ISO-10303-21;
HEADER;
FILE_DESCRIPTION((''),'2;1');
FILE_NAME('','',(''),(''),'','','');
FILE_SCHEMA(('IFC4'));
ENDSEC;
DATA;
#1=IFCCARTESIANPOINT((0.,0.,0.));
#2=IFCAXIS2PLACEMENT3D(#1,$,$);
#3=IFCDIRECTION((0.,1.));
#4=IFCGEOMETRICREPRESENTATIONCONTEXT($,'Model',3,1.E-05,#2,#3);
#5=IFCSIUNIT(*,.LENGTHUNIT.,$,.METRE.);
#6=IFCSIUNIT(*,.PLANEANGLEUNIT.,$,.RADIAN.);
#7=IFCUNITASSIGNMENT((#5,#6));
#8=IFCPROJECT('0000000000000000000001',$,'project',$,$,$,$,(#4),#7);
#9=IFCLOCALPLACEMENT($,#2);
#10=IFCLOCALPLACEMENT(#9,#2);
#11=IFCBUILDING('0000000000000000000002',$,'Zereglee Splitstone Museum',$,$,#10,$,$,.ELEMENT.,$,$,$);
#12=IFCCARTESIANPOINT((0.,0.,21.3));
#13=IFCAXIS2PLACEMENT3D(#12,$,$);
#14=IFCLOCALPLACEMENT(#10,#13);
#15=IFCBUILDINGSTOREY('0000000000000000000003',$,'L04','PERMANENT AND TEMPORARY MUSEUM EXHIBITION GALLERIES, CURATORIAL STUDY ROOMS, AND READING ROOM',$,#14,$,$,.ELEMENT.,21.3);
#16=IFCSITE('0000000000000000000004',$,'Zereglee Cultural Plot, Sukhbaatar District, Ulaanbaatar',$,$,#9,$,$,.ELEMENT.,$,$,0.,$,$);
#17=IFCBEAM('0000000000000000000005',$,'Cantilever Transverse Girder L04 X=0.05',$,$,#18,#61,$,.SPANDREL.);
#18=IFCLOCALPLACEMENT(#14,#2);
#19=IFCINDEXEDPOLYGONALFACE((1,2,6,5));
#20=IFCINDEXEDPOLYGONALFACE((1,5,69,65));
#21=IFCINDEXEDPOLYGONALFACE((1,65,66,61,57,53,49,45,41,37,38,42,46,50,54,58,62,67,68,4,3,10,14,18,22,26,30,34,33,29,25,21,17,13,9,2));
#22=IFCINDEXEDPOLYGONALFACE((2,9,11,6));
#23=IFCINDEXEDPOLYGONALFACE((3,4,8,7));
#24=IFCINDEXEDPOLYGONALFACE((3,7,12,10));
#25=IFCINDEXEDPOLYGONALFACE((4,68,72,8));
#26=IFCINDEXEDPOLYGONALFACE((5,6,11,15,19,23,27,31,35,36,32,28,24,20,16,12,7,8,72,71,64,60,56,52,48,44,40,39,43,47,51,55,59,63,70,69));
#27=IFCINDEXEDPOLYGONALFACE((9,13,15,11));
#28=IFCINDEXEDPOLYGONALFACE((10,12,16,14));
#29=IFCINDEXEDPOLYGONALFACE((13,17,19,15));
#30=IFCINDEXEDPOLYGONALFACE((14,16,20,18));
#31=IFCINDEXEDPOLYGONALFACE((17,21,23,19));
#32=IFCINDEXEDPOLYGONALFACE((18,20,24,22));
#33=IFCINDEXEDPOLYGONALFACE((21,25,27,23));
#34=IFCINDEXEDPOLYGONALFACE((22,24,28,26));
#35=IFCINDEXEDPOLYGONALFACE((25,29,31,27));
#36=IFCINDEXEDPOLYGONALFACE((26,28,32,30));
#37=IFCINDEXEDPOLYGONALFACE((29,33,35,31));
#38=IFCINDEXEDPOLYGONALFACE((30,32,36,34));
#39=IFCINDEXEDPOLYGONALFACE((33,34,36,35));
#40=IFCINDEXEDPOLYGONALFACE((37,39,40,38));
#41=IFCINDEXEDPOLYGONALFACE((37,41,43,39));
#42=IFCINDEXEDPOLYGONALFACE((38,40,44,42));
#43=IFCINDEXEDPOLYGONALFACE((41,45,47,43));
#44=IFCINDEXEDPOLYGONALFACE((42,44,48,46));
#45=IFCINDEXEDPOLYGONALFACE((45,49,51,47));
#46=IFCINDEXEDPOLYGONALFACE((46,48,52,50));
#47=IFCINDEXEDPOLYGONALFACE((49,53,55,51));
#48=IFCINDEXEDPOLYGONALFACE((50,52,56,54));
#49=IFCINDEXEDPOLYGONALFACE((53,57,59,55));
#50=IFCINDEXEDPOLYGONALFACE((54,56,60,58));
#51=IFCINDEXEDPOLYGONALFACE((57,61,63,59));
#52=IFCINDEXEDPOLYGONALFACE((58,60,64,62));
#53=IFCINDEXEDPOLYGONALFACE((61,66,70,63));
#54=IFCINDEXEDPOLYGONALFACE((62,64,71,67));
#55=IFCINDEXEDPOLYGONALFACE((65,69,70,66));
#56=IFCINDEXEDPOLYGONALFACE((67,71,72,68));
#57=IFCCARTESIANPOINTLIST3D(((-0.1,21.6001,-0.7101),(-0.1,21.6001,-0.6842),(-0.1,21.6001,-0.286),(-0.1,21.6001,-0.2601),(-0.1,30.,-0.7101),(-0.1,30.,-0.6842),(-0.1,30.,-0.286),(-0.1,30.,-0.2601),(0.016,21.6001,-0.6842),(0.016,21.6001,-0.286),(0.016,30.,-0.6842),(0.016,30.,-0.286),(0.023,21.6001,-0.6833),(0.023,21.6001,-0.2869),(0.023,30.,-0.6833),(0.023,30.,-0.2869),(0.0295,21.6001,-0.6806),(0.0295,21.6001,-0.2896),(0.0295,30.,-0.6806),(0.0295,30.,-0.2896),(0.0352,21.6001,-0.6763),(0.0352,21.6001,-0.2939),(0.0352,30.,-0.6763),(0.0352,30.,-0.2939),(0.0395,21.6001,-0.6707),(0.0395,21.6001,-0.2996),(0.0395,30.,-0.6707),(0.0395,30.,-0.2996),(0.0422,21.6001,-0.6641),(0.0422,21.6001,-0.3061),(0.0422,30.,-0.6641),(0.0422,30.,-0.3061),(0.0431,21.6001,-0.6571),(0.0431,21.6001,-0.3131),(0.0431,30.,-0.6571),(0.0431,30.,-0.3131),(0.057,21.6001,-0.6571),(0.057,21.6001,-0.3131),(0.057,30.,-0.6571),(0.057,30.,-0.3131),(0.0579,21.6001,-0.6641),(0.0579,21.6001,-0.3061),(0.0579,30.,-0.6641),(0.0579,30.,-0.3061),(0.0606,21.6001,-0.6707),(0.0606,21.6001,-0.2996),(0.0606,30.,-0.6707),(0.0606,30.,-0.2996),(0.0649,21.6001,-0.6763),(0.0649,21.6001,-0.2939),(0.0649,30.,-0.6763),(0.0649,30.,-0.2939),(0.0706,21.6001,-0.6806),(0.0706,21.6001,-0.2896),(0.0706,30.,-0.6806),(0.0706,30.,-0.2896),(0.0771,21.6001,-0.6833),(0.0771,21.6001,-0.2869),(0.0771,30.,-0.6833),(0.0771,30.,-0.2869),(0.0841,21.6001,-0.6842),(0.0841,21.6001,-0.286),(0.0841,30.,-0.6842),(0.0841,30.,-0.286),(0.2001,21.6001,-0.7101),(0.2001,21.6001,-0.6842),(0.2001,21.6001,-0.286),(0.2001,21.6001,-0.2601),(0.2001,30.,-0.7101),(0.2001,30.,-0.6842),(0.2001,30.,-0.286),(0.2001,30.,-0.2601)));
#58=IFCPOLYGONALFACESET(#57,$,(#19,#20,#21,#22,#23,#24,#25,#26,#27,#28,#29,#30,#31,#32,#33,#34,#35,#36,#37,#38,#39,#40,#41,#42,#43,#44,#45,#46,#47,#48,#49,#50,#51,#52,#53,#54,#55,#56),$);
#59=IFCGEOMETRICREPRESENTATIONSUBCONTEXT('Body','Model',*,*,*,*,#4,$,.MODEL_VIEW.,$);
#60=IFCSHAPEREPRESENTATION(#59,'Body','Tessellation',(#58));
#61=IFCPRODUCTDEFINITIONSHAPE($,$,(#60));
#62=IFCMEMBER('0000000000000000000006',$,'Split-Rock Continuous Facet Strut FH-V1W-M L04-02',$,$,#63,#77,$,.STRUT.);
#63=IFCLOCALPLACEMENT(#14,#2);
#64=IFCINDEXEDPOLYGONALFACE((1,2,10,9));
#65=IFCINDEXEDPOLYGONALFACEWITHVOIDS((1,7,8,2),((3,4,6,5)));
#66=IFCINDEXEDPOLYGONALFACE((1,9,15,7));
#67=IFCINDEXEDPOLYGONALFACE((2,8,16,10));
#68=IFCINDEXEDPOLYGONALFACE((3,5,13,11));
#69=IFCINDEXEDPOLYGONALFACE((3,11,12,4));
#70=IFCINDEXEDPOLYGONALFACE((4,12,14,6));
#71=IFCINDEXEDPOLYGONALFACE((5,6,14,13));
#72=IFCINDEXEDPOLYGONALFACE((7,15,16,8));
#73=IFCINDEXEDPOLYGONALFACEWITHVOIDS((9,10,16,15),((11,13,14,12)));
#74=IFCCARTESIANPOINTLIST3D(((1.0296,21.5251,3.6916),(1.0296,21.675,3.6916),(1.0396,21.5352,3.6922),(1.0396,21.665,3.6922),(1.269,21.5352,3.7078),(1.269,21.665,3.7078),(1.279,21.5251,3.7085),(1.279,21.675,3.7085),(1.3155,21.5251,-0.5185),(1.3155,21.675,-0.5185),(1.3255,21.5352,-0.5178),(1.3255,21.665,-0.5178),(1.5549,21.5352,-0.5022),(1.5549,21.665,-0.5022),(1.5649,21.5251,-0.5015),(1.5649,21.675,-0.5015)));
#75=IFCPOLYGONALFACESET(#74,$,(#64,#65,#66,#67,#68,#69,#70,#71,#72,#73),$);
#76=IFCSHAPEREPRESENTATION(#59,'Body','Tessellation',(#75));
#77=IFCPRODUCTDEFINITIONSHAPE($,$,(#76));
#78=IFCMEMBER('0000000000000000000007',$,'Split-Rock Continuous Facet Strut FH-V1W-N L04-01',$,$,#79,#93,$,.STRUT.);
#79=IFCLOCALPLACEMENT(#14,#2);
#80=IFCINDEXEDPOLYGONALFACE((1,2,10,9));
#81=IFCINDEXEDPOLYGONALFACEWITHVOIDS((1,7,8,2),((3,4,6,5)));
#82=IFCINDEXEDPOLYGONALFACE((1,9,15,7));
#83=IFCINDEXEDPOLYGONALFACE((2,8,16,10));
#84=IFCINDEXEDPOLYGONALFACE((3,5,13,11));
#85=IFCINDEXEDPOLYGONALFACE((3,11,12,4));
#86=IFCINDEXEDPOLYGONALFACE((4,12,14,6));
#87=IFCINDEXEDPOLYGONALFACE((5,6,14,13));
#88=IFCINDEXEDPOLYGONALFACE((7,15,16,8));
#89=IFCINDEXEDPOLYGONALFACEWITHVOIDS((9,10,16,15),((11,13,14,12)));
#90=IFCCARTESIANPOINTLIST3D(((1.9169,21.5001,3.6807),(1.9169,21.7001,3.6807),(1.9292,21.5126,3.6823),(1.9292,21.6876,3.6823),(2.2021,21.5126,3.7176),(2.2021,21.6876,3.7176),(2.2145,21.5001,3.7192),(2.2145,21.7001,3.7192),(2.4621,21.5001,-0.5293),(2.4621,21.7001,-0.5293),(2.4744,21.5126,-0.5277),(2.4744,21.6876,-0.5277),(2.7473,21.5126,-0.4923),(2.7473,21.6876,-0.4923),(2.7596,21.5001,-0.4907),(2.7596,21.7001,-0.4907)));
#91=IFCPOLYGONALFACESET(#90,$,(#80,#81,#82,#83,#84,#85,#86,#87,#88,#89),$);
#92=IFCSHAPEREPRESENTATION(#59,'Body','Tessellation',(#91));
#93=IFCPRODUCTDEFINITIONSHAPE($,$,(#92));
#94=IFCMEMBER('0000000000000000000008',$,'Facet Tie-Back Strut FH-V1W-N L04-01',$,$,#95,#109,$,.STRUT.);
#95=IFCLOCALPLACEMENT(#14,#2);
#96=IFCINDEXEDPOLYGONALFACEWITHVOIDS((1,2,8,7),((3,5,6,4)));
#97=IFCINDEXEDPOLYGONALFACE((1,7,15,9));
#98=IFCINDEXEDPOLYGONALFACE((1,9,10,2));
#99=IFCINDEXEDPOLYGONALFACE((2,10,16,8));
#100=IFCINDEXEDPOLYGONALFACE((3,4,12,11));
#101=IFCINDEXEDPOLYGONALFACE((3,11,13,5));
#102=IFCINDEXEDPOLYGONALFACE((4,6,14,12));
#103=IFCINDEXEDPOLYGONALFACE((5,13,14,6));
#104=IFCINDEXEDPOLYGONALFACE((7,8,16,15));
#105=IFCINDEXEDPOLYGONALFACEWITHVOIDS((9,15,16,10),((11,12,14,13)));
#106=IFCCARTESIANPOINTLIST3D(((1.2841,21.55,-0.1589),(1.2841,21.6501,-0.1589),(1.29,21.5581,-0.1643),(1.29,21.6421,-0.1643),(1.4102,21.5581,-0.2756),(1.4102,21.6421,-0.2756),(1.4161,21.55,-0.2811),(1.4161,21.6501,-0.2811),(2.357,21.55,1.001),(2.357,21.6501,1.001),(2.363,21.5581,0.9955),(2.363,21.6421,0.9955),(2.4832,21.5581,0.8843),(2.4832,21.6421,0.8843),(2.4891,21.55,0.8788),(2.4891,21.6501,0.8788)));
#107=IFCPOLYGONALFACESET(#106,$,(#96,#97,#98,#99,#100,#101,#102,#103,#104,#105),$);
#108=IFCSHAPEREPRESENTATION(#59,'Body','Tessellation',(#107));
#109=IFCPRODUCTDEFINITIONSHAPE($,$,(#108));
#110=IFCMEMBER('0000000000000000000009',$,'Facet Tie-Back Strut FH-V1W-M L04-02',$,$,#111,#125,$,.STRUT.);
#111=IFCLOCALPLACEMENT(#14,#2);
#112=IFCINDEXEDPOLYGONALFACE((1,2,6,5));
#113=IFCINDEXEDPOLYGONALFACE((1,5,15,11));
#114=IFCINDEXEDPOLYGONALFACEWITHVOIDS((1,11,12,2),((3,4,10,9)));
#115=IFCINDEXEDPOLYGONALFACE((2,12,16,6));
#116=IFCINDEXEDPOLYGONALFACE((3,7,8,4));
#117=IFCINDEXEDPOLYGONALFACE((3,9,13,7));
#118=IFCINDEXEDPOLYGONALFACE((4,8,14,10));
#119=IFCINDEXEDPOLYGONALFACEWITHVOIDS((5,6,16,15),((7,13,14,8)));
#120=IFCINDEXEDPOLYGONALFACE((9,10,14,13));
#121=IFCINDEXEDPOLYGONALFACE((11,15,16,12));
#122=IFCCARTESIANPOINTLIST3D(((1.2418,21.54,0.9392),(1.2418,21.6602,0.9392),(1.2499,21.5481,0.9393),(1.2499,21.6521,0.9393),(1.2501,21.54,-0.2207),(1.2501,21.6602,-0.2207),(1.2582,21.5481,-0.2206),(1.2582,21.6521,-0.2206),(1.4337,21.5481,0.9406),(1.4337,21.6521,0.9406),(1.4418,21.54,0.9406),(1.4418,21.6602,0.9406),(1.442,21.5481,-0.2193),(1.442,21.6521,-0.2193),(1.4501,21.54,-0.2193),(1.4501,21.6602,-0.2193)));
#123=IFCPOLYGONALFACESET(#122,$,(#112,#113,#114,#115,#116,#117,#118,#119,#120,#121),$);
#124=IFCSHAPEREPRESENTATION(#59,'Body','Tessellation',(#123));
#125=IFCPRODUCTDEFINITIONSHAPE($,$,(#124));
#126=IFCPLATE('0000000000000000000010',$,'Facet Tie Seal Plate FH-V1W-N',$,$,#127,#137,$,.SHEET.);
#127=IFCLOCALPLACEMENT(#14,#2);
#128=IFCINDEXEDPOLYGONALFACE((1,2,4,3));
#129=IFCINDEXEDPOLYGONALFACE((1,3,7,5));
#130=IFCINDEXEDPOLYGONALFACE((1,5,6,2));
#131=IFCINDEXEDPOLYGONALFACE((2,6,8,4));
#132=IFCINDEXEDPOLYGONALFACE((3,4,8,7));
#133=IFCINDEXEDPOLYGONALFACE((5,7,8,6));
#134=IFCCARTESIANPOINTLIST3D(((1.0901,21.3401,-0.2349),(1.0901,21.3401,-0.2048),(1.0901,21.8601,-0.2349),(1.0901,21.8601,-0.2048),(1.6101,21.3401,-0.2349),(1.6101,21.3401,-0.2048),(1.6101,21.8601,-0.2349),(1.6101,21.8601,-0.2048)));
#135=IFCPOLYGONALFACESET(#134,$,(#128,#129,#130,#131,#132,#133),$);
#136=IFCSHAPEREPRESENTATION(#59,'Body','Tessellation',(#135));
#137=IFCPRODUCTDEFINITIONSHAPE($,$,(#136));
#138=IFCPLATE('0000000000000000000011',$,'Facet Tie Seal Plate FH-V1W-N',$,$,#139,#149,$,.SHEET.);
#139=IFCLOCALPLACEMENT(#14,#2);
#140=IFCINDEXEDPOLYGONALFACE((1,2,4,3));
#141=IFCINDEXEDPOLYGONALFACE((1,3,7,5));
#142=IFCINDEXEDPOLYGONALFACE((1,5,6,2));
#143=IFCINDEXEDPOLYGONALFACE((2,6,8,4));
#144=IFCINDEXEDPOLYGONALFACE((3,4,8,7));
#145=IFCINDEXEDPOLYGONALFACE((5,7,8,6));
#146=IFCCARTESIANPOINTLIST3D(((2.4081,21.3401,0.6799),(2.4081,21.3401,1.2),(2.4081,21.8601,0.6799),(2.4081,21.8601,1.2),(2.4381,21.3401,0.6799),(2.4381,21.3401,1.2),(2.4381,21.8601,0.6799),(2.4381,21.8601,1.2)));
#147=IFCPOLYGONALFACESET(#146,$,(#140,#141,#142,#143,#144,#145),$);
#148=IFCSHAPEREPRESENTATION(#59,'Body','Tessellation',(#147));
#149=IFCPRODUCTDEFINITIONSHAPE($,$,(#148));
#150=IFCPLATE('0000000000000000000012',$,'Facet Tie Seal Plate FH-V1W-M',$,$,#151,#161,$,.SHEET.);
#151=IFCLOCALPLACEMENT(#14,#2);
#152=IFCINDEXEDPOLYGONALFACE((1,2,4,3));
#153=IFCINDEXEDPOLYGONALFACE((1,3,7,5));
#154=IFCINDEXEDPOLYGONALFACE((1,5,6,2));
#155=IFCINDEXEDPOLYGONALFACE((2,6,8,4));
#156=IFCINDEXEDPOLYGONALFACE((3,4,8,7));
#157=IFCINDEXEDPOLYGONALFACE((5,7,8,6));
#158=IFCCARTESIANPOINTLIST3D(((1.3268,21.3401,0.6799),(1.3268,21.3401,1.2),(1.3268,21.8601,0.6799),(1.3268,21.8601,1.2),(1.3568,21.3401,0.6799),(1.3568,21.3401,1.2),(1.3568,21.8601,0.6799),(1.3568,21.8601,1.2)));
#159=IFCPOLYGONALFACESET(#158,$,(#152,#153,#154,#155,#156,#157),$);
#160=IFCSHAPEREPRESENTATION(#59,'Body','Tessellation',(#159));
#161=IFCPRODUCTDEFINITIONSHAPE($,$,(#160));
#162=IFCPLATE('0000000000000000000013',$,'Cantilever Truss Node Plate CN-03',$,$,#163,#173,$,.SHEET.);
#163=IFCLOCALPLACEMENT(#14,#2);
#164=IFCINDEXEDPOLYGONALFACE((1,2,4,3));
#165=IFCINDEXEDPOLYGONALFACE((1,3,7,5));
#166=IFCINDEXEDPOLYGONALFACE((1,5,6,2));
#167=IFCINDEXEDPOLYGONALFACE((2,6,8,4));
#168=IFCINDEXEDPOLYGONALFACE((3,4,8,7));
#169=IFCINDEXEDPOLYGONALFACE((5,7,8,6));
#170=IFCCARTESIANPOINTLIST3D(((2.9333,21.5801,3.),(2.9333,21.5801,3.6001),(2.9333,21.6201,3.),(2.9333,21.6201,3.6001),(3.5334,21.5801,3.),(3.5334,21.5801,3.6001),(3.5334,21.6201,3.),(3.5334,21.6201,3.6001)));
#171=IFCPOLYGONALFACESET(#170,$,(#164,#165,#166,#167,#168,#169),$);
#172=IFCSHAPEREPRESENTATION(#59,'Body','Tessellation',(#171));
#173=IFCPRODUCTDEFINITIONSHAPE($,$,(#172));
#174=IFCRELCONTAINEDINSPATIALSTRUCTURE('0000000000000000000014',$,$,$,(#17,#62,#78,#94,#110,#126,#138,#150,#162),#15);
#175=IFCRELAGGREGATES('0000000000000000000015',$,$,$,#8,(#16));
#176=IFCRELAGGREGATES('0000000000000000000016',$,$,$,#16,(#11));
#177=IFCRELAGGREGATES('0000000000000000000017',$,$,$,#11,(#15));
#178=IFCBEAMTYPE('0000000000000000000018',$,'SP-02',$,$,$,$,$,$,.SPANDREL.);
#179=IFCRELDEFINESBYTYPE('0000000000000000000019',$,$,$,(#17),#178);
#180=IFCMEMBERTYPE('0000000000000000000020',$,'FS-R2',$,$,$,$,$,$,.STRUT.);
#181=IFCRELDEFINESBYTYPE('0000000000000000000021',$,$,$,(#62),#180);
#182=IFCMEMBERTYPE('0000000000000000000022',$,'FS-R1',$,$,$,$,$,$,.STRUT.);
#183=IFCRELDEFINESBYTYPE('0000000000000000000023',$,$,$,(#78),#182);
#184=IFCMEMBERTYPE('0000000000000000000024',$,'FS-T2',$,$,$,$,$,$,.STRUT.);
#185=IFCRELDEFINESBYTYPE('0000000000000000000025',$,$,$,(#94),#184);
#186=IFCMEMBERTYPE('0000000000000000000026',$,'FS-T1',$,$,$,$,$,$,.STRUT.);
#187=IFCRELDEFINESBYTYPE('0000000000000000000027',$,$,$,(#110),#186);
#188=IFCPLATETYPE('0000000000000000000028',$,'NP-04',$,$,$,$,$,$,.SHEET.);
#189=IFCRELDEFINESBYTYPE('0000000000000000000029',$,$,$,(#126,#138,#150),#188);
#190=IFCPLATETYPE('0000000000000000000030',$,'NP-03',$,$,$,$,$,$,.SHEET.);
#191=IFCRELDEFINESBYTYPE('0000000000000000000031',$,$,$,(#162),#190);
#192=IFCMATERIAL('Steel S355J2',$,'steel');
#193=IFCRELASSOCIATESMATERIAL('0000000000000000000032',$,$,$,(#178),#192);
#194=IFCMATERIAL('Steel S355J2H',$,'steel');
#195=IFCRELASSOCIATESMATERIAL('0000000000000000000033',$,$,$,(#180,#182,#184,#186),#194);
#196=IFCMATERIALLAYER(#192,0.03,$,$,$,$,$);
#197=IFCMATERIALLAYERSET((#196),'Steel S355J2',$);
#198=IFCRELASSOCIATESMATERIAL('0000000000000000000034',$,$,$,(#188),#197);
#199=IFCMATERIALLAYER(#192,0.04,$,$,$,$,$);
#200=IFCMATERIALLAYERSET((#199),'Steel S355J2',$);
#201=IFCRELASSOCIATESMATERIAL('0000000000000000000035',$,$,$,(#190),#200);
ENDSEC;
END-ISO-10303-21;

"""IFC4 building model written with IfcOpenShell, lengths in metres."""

from ifc_helpers import new_model, si_unit, direction, frame, origin, origin_2d, place, context, subcontext, project, spatial, rectangle, hollow_rectangle, i_section, extrude, material, layer, layer_set, material_profile, profile_set, type_object, element, save


model = new_model("IFC4")

# Units and contexts
model_context = context("Model", 3, precision=1e-05, world=origin(), true_north=direction((0.0, 1.0)))
body_context = subcontext(model_context, "Body", "Model", "MODEL_VIEW")
ifc_project = project(units=[si_unit("LENGTHUNIT", "METRE"), si_unit("PLANEANGLEUNIT", "RADIAN")], contexts=[model_context])

# Site, building, storey
site_placement = place(None, origin())
site = spatial("IfcSite", under=ifc_project, at=site_placement, Name="Zereglee Cultural Plot, Sukhbaatar District, Ulaanbaatar", CompositionType="ELEMENT", RefElevation=0.0)
building_placement = place(site_placement, origin())
building = spatial("IfcBuilding", under=site, at=building_placement, Name="Zereglee Splitstone Museum", CompositionType="ELEMENT")
storey_placement = place(building_placement, frame((0.0, 0.0, 21.3)))
storey = spatial("IfcBuildingStorey", under=building, at=storey_placement, Name="L04", Description="PERMANENT AND TEMPORARY MUSEUM EXHIBITION GALLERIES, CURATORIAL STUDY ROOMS, AND READING ROOM", CompositionType="ELEMENT", Elevation=21.3)

# Shared definitions
ifc_material_1 = material(Name="Steel S355J2H", Category="steel")

# Shared definitions
ifc_material_2 = material(Name="Steel S355J2", Category="steel")

# Beam
ifc_material_profile_1 = material_profile(ifc_material_2, i_section(OverallWidth=0.3, OverallDepth=0.45, WebThickness=0.0139, FlangeThickness=0.0259, FilletRadius=0.0271, at=origin_2d()), Name="HE 450 B")
ifc_profile_set_1 = profile_set([ifc_material_profile_1], Name="Steel S355J2")
beam_type_1 = type_object("IfcBeamType", Name="SP-02", PredefinedType="SPANDREL", material=ifc_profile_set_1)
beam_1_placement = place(storey_placement, frame((0.05, 21.6001, -0.4851), z_axis=(0.0, 1.0, 0.0), x_axis=(-1.0, 0.0, 0.0)))
element("IfcBeam", 1, at=beam_1_placement, inside=storey, type_object=beam_type_1, Name="Cantilever Transverse Girder L04 X=0.05", PredefinedType="SPANDREL", context=body_context, shape_type="SweptSolid", body=[
    extrude(i_section(OverallWidth=0.3, OverallDepth=0.45, WebThickness=0.0139, FlangeThickness=0.0259, FilletRadius=0.0271, at=origin_2d()), origin(), (0.0, 0.0, 1.0), 8.3999),
])

# Members
ifc_material_profile_2 = material_profile(ifc_material_1, hollow_rectangle(XDim=0.1499, YDim=0.25, WallThickness=0.01, at=origin_2d()), Name="RHS 250x150x10")
ifc_profile_set_2 = profile_set([ifc_material_profile_2], Name="Steel S355J2H")
member_type_1 = type_object("IfcMemberType", Name="FS-R2", PredefinedType="STRUT", material=ifc_profile_set_2)
member_1_placement = place(storey_placement, frame((1.4402, 21.6001, -0.51), z_axis=(-0.067752, 0.0, 0.997702), x_axis=(0.0, -1.0, 0.0)))
element("IfcMember", 2, at=member_1_placement, inside=storey, type_object=member_type_1, Name="Split-Rock Continuous Facet Strut FH-V1W-M L04-02", PredefinedType="STRUT", context=body_context, shape_type="SweptSolid", body=[
    extrude(hollow_rectangle(XDim=0.1499, YDim=0.25, WallThickness=0.01, at=origin_2d()), origin(), (0.0, 0.0, 1.0), 4.2197),
])
ifc_material_profile_3 = material_profile(ifc_material_1, hollow_rectangle(XDim=0.2, YDim=0.3, WallThickness=0.0125, at=origin_2d()), Name="RHS 300x200x12.5")
ifc_profile_set_3 = profile_set([ifc_material_profile_3], Name="Steel S355J2H")
member_type_2 = type_object("IfcMemberType", Name="FS-R1", PredefinedType="STRUT", material=ifc_profile_set_3)
member_2_placement = place(storey_placement, frame((2.6108, 21.6001, -0.51), z_axis=(-0.128422, 0.0, 0.99172), x_axis=(0.0, -1.0, 0.0)))
element("IfcMember", 3, at=member_2_placement, inside=storey, type_object=member_type_2, Name="Split-Rock Continuous Facet Strut FH-V1W-N L04-01", PredefinedType="STRUT", context=body_context, shape_type="SweptSolid", body=[
    extrude(hollow_rectangle(XDim=0.2, YDim=0.3, WallThickness=0.0125, at=origin_2d()), origin(), (0.0, 0.0, 1.0), 4.2451),
])
ifc_material_profile_4 = material_profile(ifc_material_1, hollow_rectangle(XDim=0.1001, YDim=0.1799, WallThickness=0.0081, at=origin_2d()), Name="RHS 180x100x8")
ifc_profile_set_4 = profile_set([ifc_material_profile_4], Name="Steel S355J2H")
member_type_3 = type_object("IfcMemberType", Name="FS-T2", PredefinedType="STRUT", material=ifc_profile_set_4)
member_3_placement = place(storey_placement, frame((1.3501, 21.6001, -0.22), z_axis=(0.679069, 0.0, 0.734074), x_axis=(0.0, 1.0, 0.0)))
element("IfcMember", 4, at=member_3_placement, inside=storey, type_object=member_type_3, Name="Facet Tie-Back Strut FH-V1W-N L04-01", PredefinedType="STRUT", context=body_context, shape_type="SweptSolid", body=[
    extrude(hollow_rectangle(XDim=0.1001, YDim=0.1799, WallThickness=0.0081, at=origin_2d()), origin(), (0.0, 0.0, 1.0), 1.5801),
])
ifc_material_profile_5 = material_profile(ifc_material_1, hollow_rectangle(XDim=0.1201, YDim=0.2, WallThickness=0.0081, at=origin_2d()), Name="RHS 200x120x8")
ifc_profile_set_5 = profile_set([ifc_material_profile_5], Name="Steel S355J2H")
member_type_4 = type_object("IfcMemberType", Name="FS-T1", PredefinedType="STRUT", material=ifc_profile_set_5)
member_4_placement = place(storey_placement, frame((1.3501, 21.6001, -0.22), z_axis=(-0.007156, 0.0, 0.999974), x_axis=(0.0, -1.0, 0.0)))
element("IfcMember", 5, at=member_4_placement, inside=storey, type_object=member_type_4, Name="Facet Tie-Back Strut FH-V1W-M L04-02", PredefinedType="STRUT", context=body_context, shape_type="SweptSolid", body=[
    extrude(hollow_rectangle(XDim=0.1201, YDim=0.2, WallThickness=0.0081, at=origin_2d()), origin(), (0.0, 0.0, 1.0), 1.1599),
])

# Plates
ifc_layer_1 = layer(ifc_material_2, 0.03)
ifc_layer_set_1 = layer_set([ifc_layer_1], Name="Steel S355J2")
plate_type_1 = type_object("IfcPlateType", Name="NP-04", PredefinedType="SHEET", material=ifc_layer_set_1)
plate_1_placement = place(storey_placement, frame((1.3501, 21.6001, -0.2349), z_axis=(0.0, 0.0, 1.0), x_axis=(1.0, 0.0, 0.0)))
element("IfcPlate", 6, at=plate_1_placement, inside=storey, type_object=plate_type_1, Name="Facet Tie Seal Plate FH-V1W-N", PredefinedType="SHEET", context=body_context, shape_type="SweptSolid", body=[
    extrude(rectangle(XDim=0.52, YDim=0.52, at=origin_2d()), origin(), (0.0, 0.0, 1.0), 0.03),
])
for number, where, z_axis, x_axis, name in (
    (7, (2.4231, 21.6001, 0.6799), (0.0, 0.0, 1.0), (1.0, 0.0, 0.0), "Facet Tie Seal Plate FH-V1W-N"),
    (8, (1.3418, 21.6001, 0.6799), (0.0, 0.0, 1.0), (1.0, 0.0, 0.0), "Facet Tie Seal Plate FH-V1W-M"),
):
    element("IfcPlate", number, at=place(storey_placement, frame(where, z_axis=z_axis, x_axis=x_axis)), inside=storey, type_object=plate_type_1, Name=name, PredefinedType="SHEET", context=body_context, shape_type="SweptSolid", body=[
        extrude(rectangle(XDim=0.03, YDim=0.52, at=origin_2d()), origin(), (0.0, 0.0, 1.0), 0.52),
    ])
ifc_layer_2 = layer(ifc_material_2, 0.04)
ifc_layer_set_2 = layer_set([ifc_layer_2], Name="Steel S355J2")
plate_type_2 = type_object("IfcPlateType", Name="NP-03", PredefinedType="SHEET", material=ifc_layer_set_2)
plate_2_placement = place(storey_placement, frame((3.2334, 21.6001, 3.0), z_axis=(0.0, 0.0, 1.0), x_axis=(1.0, 0.0, 0.0)))
element("IfcPlate", 9, at=plate_2_placement, inside=storey, type_object=plate_type_2, Name="Cantilever Truss Node Plate CN-03", PredefinedType="SHEET", context=body_context, shape_type="SweptSolid", body=[
    extrude(rectangle(XDim=0.6001, YDim=0.04, at=origin_2d()), origin(), (0.0, 0.0, 1.0), 0.6001),
])

save(model, "model.ifc")
